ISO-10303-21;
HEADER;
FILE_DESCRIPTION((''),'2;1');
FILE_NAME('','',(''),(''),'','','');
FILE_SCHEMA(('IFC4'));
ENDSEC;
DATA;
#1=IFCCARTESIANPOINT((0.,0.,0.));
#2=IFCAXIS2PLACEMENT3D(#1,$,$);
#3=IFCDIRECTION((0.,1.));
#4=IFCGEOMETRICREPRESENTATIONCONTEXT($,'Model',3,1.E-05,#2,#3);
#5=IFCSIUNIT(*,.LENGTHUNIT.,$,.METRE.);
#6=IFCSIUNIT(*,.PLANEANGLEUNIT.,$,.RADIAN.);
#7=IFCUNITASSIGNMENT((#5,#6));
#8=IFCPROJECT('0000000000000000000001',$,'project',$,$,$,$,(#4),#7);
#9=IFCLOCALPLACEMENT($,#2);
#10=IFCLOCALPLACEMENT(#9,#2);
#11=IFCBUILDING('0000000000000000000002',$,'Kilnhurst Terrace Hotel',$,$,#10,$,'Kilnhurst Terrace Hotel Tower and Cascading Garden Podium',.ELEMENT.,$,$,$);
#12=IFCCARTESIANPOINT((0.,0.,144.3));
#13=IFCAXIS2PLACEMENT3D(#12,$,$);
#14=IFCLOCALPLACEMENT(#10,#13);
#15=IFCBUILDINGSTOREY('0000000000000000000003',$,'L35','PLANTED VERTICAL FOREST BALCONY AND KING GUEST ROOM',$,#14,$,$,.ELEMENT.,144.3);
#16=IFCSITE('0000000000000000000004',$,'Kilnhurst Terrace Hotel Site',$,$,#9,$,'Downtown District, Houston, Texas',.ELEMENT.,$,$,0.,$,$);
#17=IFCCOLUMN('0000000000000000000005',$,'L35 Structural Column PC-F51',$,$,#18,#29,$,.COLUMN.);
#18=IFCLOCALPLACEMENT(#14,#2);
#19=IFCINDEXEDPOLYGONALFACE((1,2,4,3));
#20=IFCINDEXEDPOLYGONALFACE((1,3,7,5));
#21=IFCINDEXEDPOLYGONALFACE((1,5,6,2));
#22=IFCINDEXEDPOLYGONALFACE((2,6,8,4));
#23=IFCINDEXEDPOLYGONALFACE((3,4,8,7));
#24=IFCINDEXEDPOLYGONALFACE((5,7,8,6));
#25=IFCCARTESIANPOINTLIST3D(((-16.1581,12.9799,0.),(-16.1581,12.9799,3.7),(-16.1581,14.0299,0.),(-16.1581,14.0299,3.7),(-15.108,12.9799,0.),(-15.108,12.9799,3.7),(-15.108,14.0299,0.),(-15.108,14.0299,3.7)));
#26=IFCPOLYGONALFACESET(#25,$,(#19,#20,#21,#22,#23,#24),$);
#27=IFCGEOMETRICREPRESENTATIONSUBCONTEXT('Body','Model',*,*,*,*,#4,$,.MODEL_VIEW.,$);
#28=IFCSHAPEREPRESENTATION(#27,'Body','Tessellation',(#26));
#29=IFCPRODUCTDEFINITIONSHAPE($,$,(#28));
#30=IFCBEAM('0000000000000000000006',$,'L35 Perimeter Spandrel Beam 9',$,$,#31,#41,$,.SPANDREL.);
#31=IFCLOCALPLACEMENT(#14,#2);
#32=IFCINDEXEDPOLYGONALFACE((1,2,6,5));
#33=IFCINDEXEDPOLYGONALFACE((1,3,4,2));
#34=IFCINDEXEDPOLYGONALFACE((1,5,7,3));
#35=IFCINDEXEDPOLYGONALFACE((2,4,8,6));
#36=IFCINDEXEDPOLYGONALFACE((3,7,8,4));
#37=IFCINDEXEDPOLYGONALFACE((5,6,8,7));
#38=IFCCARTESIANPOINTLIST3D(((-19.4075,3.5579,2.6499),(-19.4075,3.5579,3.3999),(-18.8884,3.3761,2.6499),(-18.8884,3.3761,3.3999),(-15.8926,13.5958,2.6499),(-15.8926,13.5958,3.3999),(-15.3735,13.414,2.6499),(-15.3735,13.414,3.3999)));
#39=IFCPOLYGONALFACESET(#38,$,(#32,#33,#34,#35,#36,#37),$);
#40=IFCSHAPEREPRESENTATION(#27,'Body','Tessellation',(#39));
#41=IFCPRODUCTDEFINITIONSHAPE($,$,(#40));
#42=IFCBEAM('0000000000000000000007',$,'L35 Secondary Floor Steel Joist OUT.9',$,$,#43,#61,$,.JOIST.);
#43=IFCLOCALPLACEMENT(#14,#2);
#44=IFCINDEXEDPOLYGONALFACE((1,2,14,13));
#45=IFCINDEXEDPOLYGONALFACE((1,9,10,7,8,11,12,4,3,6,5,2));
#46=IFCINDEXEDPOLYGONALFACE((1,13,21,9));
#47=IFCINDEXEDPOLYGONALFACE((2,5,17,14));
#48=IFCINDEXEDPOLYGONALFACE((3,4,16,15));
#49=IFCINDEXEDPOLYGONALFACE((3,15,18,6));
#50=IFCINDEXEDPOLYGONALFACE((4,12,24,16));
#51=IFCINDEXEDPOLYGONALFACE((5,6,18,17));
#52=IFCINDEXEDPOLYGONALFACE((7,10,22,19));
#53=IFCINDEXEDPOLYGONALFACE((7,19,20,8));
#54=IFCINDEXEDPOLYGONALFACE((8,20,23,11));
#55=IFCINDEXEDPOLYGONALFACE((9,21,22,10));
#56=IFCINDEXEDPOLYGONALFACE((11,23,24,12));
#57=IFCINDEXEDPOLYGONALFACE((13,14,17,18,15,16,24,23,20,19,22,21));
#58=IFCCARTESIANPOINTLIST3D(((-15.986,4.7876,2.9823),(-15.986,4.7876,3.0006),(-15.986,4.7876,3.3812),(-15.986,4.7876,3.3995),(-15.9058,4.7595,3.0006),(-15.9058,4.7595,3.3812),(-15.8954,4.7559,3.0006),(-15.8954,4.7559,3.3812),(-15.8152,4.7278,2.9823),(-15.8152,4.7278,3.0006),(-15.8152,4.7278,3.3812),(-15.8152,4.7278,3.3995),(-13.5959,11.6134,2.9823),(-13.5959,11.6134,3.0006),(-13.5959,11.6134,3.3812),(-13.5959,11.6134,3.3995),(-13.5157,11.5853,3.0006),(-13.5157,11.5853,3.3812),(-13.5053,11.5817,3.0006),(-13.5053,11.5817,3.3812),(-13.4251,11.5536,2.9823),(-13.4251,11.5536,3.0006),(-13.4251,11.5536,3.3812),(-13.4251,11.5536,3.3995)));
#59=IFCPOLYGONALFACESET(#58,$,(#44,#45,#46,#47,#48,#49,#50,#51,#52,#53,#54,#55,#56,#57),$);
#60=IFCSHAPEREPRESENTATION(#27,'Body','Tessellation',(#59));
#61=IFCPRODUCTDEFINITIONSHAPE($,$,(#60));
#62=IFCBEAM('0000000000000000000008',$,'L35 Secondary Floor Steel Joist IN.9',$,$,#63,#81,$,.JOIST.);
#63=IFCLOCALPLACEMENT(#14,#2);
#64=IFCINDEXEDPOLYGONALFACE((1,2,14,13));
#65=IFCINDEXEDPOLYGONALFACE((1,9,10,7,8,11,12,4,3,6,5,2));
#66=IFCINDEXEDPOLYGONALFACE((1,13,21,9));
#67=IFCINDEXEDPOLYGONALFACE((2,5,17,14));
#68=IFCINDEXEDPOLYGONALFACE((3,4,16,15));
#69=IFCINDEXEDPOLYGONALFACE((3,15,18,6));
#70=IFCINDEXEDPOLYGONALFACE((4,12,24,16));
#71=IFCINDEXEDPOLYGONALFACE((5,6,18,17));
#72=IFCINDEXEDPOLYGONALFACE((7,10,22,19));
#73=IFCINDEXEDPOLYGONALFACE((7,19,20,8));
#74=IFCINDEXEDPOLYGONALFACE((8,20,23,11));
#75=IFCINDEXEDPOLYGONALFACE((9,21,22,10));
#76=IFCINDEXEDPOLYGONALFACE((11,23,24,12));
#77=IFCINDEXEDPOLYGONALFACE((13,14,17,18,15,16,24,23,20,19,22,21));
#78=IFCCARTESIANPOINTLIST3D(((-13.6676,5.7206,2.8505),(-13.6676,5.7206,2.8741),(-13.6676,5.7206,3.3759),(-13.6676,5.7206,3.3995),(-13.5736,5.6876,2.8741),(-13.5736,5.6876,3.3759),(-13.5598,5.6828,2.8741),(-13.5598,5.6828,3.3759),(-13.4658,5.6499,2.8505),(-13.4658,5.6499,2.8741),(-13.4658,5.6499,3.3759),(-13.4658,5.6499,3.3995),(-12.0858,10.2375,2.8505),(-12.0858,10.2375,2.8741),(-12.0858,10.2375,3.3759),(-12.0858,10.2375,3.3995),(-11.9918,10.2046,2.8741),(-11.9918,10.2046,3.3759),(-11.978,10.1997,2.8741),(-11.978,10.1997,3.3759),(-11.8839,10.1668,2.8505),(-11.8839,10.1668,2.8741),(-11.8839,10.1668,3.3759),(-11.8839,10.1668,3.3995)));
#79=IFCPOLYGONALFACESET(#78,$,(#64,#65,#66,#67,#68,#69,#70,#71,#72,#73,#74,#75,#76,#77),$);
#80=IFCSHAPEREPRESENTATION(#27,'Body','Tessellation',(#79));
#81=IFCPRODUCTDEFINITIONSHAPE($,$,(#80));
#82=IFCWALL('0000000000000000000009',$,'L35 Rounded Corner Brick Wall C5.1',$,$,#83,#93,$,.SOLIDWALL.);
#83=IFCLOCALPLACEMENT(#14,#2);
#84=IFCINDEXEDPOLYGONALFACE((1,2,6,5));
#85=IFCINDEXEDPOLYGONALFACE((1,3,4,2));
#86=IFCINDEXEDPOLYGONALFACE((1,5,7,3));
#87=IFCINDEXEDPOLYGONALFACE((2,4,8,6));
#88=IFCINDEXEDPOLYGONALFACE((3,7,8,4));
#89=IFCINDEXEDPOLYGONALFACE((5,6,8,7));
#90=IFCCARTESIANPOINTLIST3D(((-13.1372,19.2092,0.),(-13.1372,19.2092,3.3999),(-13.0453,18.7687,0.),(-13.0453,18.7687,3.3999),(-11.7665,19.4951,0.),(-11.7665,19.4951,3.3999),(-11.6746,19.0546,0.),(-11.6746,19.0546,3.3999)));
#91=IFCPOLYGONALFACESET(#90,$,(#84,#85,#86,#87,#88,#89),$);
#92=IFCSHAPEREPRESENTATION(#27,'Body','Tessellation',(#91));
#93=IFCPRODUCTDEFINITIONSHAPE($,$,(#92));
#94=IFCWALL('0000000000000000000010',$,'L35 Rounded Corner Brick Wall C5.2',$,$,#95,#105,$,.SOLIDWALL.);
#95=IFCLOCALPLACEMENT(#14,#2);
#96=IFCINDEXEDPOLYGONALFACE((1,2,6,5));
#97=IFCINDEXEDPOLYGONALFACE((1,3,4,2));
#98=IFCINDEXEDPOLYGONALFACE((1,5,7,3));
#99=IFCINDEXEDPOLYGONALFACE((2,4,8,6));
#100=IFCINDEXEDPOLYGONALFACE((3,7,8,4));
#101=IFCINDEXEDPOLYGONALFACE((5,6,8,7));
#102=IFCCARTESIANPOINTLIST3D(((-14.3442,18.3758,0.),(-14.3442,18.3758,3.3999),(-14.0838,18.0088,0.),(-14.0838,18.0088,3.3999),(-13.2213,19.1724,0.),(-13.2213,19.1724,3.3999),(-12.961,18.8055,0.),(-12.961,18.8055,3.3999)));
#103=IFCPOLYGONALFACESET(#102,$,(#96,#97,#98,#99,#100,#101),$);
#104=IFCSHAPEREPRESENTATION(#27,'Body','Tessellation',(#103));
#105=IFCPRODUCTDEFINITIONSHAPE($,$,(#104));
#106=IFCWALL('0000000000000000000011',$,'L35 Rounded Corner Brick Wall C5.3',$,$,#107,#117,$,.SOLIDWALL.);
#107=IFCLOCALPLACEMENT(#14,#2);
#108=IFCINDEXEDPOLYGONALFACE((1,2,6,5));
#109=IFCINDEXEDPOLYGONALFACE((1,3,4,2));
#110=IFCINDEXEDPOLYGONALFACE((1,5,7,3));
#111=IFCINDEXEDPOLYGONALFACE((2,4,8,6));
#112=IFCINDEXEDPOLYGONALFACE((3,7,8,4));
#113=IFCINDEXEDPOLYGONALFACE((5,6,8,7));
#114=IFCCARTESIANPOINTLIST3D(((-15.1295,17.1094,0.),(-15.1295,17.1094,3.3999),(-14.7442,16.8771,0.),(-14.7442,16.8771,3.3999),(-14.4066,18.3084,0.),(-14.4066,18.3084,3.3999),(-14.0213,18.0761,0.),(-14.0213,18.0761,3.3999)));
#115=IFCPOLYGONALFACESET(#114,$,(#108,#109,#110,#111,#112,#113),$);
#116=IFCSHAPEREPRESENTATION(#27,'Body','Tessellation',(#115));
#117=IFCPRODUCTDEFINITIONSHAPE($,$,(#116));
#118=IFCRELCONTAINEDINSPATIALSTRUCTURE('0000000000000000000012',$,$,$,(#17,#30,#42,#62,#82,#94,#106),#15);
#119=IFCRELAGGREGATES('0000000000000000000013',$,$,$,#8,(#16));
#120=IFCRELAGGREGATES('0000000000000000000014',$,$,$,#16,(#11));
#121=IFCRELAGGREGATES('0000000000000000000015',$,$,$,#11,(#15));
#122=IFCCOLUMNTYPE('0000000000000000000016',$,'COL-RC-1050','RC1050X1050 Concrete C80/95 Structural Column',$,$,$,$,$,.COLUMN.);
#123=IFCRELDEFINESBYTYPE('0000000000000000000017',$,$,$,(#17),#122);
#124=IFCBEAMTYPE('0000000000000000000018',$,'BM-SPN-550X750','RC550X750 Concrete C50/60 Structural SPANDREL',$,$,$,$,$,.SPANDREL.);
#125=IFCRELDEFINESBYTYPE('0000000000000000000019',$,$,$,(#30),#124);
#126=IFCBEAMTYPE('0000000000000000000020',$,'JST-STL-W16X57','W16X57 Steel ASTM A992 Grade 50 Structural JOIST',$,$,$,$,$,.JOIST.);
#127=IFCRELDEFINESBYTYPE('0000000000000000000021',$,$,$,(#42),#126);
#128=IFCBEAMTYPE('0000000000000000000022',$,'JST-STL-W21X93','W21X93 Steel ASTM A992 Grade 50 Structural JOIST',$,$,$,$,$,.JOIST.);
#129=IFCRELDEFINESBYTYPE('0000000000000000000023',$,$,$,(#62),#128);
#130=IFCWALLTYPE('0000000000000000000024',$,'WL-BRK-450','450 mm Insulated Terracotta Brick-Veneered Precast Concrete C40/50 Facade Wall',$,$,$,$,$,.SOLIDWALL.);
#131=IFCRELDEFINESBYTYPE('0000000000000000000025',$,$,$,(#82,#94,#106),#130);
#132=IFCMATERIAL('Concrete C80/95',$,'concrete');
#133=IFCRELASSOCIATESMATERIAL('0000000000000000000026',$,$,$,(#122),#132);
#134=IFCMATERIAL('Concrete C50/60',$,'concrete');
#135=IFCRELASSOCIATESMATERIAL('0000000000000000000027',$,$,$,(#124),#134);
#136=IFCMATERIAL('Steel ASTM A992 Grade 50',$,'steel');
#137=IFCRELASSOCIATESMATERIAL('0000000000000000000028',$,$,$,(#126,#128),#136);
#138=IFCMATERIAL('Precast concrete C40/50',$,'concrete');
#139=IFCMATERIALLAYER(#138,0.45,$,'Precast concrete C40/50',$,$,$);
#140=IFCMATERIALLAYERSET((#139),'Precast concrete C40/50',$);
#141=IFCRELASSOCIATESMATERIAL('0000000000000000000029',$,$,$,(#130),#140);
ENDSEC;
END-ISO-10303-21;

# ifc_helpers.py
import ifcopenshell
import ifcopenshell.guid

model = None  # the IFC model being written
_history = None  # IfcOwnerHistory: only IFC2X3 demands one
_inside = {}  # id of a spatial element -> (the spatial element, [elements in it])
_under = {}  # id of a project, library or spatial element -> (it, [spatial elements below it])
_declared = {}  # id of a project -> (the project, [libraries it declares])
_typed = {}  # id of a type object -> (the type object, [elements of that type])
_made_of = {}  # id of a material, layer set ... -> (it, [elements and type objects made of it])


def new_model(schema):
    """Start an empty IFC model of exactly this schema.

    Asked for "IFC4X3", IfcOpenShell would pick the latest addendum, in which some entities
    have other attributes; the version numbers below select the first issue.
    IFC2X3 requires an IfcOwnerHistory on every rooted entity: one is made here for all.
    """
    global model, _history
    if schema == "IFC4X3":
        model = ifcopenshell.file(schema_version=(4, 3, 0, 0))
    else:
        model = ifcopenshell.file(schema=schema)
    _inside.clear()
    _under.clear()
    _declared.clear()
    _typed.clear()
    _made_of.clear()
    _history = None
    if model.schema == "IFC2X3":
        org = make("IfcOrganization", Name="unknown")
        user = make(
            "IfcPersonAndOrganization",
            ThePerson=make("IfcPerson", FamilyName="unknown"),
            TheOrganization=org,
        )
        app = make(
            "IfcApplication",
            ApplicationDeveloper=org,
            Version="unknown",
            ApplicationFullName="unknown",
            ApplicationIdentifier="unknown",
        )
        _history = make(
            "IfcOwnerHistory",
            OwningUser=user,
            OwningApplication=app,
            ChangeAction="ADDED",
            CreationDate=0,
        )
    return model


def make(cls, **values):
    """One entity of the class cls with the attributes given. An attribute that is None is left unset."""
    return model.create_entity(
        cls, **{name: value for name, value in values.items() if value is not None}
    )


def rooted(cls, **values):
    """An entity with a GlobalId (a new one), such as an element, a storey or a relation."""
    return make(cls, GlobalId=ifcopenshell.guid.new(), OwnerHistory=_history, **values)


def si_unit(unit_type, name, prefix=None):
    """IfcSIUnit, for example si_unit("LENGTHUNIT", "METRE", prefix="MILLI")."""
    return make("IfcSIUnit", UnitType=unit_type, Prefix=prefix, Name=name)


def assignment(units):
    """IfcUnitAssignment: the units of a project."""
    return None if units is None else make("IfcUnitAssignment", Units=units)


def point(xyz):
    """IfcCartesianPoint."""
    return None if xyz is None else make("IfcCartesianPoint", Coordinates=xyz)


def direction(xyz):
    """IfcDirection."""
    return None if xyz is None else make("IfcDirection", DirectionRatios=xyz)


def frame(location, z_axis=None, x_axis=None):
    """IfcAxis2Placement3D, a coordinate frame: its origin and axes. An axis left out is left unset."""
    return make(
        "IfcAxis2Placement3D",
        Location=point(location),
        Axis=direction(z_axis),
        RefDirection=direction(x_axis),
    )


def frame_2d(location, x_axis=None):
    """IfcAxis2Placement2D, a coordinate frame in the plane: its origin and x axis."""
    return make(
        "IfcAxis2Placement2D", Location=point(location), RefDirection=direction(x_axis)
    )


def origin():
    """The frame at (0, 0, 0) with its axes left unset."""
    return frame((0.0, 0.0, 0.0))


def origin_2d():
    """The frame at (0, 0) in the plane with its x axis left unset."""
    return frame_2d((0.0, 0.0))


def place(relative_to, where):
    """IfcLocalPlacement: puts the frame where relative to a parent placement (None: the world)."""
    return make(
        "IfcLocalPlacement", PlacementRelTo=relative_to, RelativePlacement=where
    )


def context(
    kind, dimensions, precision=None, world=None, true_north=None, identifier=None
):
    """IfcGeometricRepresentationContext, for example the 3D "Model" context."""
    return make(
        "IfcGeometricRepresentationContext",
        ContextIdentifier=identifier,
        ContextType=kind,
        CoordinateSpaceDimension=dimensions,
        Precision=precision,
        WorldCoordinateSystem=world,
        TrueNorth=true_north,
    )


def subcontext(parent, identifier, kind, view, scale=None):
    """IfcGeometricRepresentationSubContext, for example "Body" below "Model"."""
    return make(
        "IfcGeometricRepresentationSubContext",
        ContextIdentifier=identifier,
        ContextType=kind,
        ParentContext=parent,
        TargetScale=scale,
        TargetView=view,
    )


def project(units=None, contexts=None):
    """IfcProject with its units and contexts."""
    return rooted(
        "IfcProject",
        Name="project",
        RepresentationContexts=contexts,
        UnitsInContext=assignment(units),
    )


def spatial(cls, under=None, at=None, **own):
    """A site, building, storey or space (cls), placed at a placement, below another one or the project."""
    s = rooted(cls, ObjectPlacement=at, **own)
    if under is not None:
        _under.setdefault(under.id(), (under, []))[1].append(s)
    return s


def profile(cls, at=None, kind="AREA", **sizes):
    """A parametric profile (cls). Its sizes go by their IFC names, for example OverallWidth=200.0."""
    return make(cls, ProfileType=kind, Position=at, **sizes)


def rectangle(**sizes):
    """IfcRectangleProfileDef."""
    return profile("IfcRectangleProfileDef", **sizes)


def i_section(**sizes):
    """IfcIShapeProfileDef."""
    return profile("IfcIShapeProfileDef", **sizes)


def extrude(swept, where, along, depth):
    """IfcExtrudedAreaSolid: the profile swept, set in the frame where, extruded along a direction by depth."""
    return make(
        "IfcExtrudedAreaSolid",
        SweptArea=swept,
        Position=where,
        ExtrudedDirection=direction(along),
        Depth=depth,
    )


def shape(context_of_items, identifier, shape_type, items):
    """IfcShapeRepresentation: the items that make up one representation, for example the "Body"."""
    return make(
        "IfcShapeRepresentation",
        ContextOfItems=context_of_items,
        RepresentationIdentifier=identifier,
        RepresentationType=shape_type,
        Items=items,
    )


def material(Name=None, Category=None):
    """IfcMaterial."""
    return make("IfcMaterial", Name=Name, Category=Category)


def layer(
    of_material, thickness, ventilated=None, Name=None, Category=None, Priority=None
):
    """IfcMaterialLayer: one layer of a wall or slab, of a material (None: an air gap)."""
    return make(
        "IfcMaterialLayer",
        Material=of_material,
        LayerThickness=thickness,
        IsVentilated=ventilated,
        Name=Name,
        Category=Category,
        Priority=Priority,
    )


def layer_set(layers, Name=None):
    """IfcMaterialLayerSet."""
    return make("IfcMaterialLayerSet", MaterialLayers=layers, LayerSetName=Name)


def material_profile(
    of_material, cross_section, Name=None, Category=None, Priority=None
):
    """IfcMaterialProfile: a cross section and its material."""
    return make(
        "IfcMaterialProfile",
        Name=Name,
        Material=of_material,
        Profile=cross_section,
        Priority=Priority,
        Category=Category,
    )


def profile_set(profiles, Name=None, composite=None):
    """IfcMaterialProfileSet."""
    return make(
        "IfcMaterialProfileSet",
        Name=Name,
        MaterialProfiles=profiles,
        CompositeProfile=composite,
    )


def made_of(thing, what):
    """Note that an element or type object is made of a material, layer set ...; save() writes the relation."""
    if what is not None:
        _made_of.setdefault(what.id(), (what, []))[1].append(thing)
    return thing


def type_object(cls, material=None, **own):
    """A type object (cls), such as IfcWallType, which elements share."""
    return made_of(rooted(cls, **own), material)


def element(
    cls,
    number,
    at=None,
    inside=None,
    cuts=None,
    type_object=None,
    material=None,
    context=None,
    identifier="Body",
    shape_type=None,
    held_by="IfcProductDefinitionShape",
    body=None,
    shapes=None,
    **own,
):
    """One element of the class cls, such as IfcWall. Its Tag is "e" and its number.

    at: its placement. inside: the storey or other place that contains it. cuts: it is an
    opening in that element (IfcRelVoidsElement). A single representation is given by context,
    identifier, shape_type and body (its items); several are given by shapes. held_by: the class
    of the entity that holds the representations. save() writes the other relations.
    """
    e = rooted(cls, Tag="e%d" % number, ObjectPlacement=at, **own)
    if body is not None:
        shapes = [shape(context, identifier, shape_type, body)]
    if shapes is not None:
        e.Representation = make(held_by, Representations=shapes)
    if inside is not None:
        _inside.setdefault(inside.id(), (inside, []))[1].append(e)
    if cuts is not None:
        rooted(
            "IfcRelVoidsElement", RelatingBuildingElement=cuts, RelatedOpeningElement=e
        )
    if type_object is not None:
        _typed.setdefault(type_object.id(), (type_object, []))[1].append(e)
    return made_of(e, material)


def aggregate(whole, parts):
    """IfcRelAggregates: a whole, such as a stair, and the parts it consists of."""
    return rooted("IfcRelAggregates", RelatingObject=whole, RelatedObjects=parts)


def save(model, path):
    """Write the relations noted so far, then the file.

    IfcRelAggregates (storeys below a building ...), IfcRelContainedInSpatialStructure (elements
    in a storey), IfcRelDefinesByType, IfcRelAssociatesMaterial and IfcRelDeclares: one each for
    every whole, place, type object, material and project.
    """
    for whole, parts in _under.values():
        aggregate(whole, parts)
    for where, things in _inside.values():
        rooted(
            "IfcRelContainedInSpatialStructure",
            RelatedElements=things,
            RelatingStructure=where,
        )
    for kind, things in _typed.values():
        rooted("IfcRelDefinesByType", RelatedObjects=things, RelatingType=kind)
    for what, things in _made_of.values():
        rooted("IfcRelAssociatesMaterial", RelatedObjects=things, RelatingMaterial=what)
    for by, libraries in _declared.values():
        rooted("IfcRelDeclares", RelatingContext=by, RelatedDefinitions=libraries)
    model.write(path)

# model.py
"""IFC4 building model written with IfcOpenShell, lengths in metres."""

from ifc_helpers import new_model, si_unit, direction, frame, frame_2d, origin, origin_2d, place, context, subcontext, project, spatial, rectangle, i_section, extrude, material, layer, layer_set, material_profile, profile_set, type_object, element, save


model = new_model("IFC4")

# Units and contexts
model_context = context("Model", 3, precision=1e-05, world=origin(), true_north=direction((0.0, 1.0)))
body_context = subcontext(model_context, "Body", "Model", "MODEL_VIEW")
ifc_project = project(units=[si_unit("LENGTHUNIT", "METRE"), si_unit("PLANEANGLEUNIT", "RADIAN")], contexts=[model_context])

# Site, building, storey
site_placement = place(None, origin())
site = spatial("IfcSite", under=ifc_project, at=site_placement, Name="Kilnhurst Terrace Hotel Site", LongName="Downtown District, Houston, Texas", CompositionType="ELEMENT", RefElevation=0.0)
building_placement = place(site_placement, origin())
building = spatial("IfcBuilding", under=site, at=building_placement, Name="Kilnhurst Terrace Hotel", LongName="Kilnhurst Terrace Hotel Tower and Cascading Garden Podium", CompositionType="ELEMENT")
storey_placement = place(building_placement, frame((0.0, 0.0, 144.3)))
storey = spatial("IfcBuildingStorey", under=building, at=storey_placement, Name="L35", Description="PLANTED VERTICAL FOREST BALCONY AND KING GUEST ROOM", CompositionType="ELEMENT", Elevation=144.3)

# Column
ifc_material_1 = material(Name="Concrete C80/95", Category="concrete")
ifc_material_profile_1 = material_profile(ifc_material_1, rectangle(XDim=1.05, YDim=1.05, at=origin_2d()), Name="RC1050X1050")
ifc_profile_set_1 = profile_set([ifc_material_profile_1], Name="Concrete C80/95")
column_type = type_object("IfcColumnType", Name="COL-RC-1050", Description="RC1050X1050 Concrete C80/95 Structural Column", PredefinedType="COLUMN", material=ifc_profile_set_1)
column_placement = place(storey_placement, frame((-15.6331, 13.5049, 0.0), z_axis=(0.0, 0.0, 1.0), x_axis=(1.0, 0.0, 0.0)))
element("IfcColumn", 1, at=column_placement, inside=storey, type_object=column_type, Name="L35 Structural Column PC-F51", PredefinedType="COLUMN", context=body_context, shape_type="SweptSolid", body=[
    extrude(rectangle(XDim=1.05, YDim=1.05, at=origin_2d()), origin(), (0.0, 0.0, 1.0), 3.7),
])

# Beams
ifc_material_2 = material(Name="Concrete C50/60", Category="concrete")
ifc_material_profile_2 = material_profile(ifc_material_2, rectangle(XDim=0.55, YDim=0.75, at=origin_2d()), Name="RC550X750")
ifc_profile_set_2 = profile_set([ifc_material_profile_2], Name="Concrete C50/60")
beam_type_1 = type_object("IfcBeamType", Name="BM-SPN-550X750", Description="RC550X750 Concrete C50/60 Structural SPANDREL", PredefinedType="SPANDREL", material=ifc_profile_set_2)
beam_1_placement = place(storey_placement, frame((-15.6331, 13.5049, 3.0249), z_axis=(-0.330488, -0.94381, 0.0), x_axis=(0.94381, -0.330488, 0.0)))
element("IfcBeam", 2, at=beam_1_placement, inside=storey, type_object=beam_type_1, Name="L35 Perimeter Spandrel Beam 9", PredefinedType="SPANDREL", context=body_context, shape_type="SweptSolid", body=[
    extrude(rectangle(XDim=0.55, YDim=0.75, at=origin_2d()), origin(), (0.0, 0.0, 1.0), 10.6355),
])
ifc_material_3 = material(Name="Steel ASTM A992 Grade 50", Category="steel")
ifc_material_profile_3 = material_profile(ifc_material_3, i_section(OverallWidth=0.1809, OverallDepth=0.4172, WebThickness=0.011, FlangeThickness=0.0183, at=origin_2d()), Name="W16X57")
ifc_profile_set_3 = profile_set([ifc_material_profile_3], Name="Steel ASTM A992 Grade 50")
beam_type_2 = type_object("IfcBeamType", Name="JST-STL-W16X57", Description="W16X57 Steel ASTM A992 Grade 50 Structural JOIST", PredefinedType="JOIST", material=ifc_profile_set_3)
beam_2_placement = place(storey_placement, frame((-13.5105, 11.5835, 3.1909), z_axis=(-0.330481, -0.943813, 0.0), x_axis=(0.943813, -0.330481, 0.0)))
element("IfcBeam", 3, at=beam_2_placement, inside=storey, type_object=beam_type_2, Name="L35 Secondary Floor Steel Joist OUT.9", PredefinedType="JOIST", context=body_context, shape_type="SweptSolid", body=[
    extrude(i_section(OverallWidth=0.1809, OverallDepth=0.4172, WebThickness=0.011, FlangeThickness=0.0183, at=origin_2d()), origin(), (0.0, 0.0, 1.0), 7.2322),
])
ifc_material_profile_4 = material_profile(ifc_material_3, i_section(OverallWidth=0.2139, OverallDepth=0.5491, WebThickness=0.0146, FlangeThickness=0.0237, at=origin_2d()), Name="W21X93")
ifc_profile_set_4 = profile_set([ifc_material_profile_4], Name="Steel ASTM A992 Grade 50")
beam_type_3 = type_object("IfcBeamType", Name="JST-STL-W21X93", Description="W21X93 Steel ASTM A992 Grade 50 Structural JOIST", PredefinedType="JOIST", material=ifc_profile_set_4)
beam_3_placement = place(storey_placement, frame((-11.9849, 10.2021, 3.125), z_axis=(-0.330516, -0.9438, 0.0), x_axis=(0.9438, -0.330516, 0.0)))
element("IfcBeam", 4, at=beam_3_placement, inside=storey, type_object=beam_type_3, Name="L35 Secondary Floor Steel Joist IN.9", PredefinedType="JOIST", context=body_context, shape_type="SweptSolid", body=[
    extrude(i_section(OverallWidth=0.2139, OverallDepth=0.5491, WebThickness=0.0146, FlangeThickness=0.0237, at=origin_2d()), origin(), (0.0, 0.0, 1.0), 4.7859),
])

# Walls
ifc_material_4 = material(Name="Precast concrete C40/50", Category="concrete")
ifc_layer_1 = layer(ifc_material_4, 0.45, Name="Precast concrete C40/50")
ifc_layer_set_1 = layer_set([ifc_layer_1], Name="Precast concrete C40/50")
wall_type_1 = type_object("IfcWallType", Name="WL-BRK-450", Description="450 mm Insulated Terracotta Brick-Veneered Precast Concrete C40/50 Facade Wall", PredefinedType="SOLIDWALL", material=ifc_layer_set_1)
wall_1_placement = place(storey_placement, frame((-11.7205, 19.2749, 0.0), z_axis=(0.0, 0.0, 1.0), x_axis=(-0.978931, -0.204191, 0.0)))
element("IfcWall", 5, at=wall_1_placement, inside=storey, type_object=wall_type_1, Name="L35 Rounded Corner Brick Wall C5.1", PredefinedType="SOLIDWALL", context=body_context, shape_type="SweptSolid", body=[
    extrude(rectangle(XDim=1.4001, YDim=0.45, at=frame_2d((0.7002, 0.0))), origin(), (0.0, 0.0, 1.0), 3.3999),
])
wall_2_placement = place(storey_placement, frame((-13.0911, 18.989, 0.0), z_axis=(0.0, 0.0, 1.0), x_axis=(-0.815575, -0.578652, 0.0)))
element("IfcWall", 6, at=wall_2_placement, inside=storey, type_object=wall_type_1, Name="L35 Rounded Corner Brick Wall C5.2", PredefinedType="SOLIDWALL", context=body_context, shape_type="SweptSolid", body=[
    extrude(rectangle(XDim=1.3767, YDim=0.45, at=frame_2d((0.6885, 0.0))), origin(), (0.0, 0.0, 1.0), 3.3999),
])
wall_3_placement = place(storey_placement, frame((-14.2139, 18.1924, 0.0), z_axis=(0.0, 0.0, 1.0), x_axis=(-0.516341, -0.856383, 0.0)))
element("IfcWall", 7, at=wall_3_placement, inside=storey, type_object=wall_type_1, Name="L35 Rounded Corner Brick Wall C5.3", PredefinedType="SOLIDWALL", context=body_context, shape_type="SweptSolid", body=[
    extrude(rectangle(XDim=1.4001, YDim=0.45, at=frame_2d((0.7002, 0.0))), origin(), (0.0, 0.0, 1.0), 3.3999),
])

save(model, "model.ifc")
